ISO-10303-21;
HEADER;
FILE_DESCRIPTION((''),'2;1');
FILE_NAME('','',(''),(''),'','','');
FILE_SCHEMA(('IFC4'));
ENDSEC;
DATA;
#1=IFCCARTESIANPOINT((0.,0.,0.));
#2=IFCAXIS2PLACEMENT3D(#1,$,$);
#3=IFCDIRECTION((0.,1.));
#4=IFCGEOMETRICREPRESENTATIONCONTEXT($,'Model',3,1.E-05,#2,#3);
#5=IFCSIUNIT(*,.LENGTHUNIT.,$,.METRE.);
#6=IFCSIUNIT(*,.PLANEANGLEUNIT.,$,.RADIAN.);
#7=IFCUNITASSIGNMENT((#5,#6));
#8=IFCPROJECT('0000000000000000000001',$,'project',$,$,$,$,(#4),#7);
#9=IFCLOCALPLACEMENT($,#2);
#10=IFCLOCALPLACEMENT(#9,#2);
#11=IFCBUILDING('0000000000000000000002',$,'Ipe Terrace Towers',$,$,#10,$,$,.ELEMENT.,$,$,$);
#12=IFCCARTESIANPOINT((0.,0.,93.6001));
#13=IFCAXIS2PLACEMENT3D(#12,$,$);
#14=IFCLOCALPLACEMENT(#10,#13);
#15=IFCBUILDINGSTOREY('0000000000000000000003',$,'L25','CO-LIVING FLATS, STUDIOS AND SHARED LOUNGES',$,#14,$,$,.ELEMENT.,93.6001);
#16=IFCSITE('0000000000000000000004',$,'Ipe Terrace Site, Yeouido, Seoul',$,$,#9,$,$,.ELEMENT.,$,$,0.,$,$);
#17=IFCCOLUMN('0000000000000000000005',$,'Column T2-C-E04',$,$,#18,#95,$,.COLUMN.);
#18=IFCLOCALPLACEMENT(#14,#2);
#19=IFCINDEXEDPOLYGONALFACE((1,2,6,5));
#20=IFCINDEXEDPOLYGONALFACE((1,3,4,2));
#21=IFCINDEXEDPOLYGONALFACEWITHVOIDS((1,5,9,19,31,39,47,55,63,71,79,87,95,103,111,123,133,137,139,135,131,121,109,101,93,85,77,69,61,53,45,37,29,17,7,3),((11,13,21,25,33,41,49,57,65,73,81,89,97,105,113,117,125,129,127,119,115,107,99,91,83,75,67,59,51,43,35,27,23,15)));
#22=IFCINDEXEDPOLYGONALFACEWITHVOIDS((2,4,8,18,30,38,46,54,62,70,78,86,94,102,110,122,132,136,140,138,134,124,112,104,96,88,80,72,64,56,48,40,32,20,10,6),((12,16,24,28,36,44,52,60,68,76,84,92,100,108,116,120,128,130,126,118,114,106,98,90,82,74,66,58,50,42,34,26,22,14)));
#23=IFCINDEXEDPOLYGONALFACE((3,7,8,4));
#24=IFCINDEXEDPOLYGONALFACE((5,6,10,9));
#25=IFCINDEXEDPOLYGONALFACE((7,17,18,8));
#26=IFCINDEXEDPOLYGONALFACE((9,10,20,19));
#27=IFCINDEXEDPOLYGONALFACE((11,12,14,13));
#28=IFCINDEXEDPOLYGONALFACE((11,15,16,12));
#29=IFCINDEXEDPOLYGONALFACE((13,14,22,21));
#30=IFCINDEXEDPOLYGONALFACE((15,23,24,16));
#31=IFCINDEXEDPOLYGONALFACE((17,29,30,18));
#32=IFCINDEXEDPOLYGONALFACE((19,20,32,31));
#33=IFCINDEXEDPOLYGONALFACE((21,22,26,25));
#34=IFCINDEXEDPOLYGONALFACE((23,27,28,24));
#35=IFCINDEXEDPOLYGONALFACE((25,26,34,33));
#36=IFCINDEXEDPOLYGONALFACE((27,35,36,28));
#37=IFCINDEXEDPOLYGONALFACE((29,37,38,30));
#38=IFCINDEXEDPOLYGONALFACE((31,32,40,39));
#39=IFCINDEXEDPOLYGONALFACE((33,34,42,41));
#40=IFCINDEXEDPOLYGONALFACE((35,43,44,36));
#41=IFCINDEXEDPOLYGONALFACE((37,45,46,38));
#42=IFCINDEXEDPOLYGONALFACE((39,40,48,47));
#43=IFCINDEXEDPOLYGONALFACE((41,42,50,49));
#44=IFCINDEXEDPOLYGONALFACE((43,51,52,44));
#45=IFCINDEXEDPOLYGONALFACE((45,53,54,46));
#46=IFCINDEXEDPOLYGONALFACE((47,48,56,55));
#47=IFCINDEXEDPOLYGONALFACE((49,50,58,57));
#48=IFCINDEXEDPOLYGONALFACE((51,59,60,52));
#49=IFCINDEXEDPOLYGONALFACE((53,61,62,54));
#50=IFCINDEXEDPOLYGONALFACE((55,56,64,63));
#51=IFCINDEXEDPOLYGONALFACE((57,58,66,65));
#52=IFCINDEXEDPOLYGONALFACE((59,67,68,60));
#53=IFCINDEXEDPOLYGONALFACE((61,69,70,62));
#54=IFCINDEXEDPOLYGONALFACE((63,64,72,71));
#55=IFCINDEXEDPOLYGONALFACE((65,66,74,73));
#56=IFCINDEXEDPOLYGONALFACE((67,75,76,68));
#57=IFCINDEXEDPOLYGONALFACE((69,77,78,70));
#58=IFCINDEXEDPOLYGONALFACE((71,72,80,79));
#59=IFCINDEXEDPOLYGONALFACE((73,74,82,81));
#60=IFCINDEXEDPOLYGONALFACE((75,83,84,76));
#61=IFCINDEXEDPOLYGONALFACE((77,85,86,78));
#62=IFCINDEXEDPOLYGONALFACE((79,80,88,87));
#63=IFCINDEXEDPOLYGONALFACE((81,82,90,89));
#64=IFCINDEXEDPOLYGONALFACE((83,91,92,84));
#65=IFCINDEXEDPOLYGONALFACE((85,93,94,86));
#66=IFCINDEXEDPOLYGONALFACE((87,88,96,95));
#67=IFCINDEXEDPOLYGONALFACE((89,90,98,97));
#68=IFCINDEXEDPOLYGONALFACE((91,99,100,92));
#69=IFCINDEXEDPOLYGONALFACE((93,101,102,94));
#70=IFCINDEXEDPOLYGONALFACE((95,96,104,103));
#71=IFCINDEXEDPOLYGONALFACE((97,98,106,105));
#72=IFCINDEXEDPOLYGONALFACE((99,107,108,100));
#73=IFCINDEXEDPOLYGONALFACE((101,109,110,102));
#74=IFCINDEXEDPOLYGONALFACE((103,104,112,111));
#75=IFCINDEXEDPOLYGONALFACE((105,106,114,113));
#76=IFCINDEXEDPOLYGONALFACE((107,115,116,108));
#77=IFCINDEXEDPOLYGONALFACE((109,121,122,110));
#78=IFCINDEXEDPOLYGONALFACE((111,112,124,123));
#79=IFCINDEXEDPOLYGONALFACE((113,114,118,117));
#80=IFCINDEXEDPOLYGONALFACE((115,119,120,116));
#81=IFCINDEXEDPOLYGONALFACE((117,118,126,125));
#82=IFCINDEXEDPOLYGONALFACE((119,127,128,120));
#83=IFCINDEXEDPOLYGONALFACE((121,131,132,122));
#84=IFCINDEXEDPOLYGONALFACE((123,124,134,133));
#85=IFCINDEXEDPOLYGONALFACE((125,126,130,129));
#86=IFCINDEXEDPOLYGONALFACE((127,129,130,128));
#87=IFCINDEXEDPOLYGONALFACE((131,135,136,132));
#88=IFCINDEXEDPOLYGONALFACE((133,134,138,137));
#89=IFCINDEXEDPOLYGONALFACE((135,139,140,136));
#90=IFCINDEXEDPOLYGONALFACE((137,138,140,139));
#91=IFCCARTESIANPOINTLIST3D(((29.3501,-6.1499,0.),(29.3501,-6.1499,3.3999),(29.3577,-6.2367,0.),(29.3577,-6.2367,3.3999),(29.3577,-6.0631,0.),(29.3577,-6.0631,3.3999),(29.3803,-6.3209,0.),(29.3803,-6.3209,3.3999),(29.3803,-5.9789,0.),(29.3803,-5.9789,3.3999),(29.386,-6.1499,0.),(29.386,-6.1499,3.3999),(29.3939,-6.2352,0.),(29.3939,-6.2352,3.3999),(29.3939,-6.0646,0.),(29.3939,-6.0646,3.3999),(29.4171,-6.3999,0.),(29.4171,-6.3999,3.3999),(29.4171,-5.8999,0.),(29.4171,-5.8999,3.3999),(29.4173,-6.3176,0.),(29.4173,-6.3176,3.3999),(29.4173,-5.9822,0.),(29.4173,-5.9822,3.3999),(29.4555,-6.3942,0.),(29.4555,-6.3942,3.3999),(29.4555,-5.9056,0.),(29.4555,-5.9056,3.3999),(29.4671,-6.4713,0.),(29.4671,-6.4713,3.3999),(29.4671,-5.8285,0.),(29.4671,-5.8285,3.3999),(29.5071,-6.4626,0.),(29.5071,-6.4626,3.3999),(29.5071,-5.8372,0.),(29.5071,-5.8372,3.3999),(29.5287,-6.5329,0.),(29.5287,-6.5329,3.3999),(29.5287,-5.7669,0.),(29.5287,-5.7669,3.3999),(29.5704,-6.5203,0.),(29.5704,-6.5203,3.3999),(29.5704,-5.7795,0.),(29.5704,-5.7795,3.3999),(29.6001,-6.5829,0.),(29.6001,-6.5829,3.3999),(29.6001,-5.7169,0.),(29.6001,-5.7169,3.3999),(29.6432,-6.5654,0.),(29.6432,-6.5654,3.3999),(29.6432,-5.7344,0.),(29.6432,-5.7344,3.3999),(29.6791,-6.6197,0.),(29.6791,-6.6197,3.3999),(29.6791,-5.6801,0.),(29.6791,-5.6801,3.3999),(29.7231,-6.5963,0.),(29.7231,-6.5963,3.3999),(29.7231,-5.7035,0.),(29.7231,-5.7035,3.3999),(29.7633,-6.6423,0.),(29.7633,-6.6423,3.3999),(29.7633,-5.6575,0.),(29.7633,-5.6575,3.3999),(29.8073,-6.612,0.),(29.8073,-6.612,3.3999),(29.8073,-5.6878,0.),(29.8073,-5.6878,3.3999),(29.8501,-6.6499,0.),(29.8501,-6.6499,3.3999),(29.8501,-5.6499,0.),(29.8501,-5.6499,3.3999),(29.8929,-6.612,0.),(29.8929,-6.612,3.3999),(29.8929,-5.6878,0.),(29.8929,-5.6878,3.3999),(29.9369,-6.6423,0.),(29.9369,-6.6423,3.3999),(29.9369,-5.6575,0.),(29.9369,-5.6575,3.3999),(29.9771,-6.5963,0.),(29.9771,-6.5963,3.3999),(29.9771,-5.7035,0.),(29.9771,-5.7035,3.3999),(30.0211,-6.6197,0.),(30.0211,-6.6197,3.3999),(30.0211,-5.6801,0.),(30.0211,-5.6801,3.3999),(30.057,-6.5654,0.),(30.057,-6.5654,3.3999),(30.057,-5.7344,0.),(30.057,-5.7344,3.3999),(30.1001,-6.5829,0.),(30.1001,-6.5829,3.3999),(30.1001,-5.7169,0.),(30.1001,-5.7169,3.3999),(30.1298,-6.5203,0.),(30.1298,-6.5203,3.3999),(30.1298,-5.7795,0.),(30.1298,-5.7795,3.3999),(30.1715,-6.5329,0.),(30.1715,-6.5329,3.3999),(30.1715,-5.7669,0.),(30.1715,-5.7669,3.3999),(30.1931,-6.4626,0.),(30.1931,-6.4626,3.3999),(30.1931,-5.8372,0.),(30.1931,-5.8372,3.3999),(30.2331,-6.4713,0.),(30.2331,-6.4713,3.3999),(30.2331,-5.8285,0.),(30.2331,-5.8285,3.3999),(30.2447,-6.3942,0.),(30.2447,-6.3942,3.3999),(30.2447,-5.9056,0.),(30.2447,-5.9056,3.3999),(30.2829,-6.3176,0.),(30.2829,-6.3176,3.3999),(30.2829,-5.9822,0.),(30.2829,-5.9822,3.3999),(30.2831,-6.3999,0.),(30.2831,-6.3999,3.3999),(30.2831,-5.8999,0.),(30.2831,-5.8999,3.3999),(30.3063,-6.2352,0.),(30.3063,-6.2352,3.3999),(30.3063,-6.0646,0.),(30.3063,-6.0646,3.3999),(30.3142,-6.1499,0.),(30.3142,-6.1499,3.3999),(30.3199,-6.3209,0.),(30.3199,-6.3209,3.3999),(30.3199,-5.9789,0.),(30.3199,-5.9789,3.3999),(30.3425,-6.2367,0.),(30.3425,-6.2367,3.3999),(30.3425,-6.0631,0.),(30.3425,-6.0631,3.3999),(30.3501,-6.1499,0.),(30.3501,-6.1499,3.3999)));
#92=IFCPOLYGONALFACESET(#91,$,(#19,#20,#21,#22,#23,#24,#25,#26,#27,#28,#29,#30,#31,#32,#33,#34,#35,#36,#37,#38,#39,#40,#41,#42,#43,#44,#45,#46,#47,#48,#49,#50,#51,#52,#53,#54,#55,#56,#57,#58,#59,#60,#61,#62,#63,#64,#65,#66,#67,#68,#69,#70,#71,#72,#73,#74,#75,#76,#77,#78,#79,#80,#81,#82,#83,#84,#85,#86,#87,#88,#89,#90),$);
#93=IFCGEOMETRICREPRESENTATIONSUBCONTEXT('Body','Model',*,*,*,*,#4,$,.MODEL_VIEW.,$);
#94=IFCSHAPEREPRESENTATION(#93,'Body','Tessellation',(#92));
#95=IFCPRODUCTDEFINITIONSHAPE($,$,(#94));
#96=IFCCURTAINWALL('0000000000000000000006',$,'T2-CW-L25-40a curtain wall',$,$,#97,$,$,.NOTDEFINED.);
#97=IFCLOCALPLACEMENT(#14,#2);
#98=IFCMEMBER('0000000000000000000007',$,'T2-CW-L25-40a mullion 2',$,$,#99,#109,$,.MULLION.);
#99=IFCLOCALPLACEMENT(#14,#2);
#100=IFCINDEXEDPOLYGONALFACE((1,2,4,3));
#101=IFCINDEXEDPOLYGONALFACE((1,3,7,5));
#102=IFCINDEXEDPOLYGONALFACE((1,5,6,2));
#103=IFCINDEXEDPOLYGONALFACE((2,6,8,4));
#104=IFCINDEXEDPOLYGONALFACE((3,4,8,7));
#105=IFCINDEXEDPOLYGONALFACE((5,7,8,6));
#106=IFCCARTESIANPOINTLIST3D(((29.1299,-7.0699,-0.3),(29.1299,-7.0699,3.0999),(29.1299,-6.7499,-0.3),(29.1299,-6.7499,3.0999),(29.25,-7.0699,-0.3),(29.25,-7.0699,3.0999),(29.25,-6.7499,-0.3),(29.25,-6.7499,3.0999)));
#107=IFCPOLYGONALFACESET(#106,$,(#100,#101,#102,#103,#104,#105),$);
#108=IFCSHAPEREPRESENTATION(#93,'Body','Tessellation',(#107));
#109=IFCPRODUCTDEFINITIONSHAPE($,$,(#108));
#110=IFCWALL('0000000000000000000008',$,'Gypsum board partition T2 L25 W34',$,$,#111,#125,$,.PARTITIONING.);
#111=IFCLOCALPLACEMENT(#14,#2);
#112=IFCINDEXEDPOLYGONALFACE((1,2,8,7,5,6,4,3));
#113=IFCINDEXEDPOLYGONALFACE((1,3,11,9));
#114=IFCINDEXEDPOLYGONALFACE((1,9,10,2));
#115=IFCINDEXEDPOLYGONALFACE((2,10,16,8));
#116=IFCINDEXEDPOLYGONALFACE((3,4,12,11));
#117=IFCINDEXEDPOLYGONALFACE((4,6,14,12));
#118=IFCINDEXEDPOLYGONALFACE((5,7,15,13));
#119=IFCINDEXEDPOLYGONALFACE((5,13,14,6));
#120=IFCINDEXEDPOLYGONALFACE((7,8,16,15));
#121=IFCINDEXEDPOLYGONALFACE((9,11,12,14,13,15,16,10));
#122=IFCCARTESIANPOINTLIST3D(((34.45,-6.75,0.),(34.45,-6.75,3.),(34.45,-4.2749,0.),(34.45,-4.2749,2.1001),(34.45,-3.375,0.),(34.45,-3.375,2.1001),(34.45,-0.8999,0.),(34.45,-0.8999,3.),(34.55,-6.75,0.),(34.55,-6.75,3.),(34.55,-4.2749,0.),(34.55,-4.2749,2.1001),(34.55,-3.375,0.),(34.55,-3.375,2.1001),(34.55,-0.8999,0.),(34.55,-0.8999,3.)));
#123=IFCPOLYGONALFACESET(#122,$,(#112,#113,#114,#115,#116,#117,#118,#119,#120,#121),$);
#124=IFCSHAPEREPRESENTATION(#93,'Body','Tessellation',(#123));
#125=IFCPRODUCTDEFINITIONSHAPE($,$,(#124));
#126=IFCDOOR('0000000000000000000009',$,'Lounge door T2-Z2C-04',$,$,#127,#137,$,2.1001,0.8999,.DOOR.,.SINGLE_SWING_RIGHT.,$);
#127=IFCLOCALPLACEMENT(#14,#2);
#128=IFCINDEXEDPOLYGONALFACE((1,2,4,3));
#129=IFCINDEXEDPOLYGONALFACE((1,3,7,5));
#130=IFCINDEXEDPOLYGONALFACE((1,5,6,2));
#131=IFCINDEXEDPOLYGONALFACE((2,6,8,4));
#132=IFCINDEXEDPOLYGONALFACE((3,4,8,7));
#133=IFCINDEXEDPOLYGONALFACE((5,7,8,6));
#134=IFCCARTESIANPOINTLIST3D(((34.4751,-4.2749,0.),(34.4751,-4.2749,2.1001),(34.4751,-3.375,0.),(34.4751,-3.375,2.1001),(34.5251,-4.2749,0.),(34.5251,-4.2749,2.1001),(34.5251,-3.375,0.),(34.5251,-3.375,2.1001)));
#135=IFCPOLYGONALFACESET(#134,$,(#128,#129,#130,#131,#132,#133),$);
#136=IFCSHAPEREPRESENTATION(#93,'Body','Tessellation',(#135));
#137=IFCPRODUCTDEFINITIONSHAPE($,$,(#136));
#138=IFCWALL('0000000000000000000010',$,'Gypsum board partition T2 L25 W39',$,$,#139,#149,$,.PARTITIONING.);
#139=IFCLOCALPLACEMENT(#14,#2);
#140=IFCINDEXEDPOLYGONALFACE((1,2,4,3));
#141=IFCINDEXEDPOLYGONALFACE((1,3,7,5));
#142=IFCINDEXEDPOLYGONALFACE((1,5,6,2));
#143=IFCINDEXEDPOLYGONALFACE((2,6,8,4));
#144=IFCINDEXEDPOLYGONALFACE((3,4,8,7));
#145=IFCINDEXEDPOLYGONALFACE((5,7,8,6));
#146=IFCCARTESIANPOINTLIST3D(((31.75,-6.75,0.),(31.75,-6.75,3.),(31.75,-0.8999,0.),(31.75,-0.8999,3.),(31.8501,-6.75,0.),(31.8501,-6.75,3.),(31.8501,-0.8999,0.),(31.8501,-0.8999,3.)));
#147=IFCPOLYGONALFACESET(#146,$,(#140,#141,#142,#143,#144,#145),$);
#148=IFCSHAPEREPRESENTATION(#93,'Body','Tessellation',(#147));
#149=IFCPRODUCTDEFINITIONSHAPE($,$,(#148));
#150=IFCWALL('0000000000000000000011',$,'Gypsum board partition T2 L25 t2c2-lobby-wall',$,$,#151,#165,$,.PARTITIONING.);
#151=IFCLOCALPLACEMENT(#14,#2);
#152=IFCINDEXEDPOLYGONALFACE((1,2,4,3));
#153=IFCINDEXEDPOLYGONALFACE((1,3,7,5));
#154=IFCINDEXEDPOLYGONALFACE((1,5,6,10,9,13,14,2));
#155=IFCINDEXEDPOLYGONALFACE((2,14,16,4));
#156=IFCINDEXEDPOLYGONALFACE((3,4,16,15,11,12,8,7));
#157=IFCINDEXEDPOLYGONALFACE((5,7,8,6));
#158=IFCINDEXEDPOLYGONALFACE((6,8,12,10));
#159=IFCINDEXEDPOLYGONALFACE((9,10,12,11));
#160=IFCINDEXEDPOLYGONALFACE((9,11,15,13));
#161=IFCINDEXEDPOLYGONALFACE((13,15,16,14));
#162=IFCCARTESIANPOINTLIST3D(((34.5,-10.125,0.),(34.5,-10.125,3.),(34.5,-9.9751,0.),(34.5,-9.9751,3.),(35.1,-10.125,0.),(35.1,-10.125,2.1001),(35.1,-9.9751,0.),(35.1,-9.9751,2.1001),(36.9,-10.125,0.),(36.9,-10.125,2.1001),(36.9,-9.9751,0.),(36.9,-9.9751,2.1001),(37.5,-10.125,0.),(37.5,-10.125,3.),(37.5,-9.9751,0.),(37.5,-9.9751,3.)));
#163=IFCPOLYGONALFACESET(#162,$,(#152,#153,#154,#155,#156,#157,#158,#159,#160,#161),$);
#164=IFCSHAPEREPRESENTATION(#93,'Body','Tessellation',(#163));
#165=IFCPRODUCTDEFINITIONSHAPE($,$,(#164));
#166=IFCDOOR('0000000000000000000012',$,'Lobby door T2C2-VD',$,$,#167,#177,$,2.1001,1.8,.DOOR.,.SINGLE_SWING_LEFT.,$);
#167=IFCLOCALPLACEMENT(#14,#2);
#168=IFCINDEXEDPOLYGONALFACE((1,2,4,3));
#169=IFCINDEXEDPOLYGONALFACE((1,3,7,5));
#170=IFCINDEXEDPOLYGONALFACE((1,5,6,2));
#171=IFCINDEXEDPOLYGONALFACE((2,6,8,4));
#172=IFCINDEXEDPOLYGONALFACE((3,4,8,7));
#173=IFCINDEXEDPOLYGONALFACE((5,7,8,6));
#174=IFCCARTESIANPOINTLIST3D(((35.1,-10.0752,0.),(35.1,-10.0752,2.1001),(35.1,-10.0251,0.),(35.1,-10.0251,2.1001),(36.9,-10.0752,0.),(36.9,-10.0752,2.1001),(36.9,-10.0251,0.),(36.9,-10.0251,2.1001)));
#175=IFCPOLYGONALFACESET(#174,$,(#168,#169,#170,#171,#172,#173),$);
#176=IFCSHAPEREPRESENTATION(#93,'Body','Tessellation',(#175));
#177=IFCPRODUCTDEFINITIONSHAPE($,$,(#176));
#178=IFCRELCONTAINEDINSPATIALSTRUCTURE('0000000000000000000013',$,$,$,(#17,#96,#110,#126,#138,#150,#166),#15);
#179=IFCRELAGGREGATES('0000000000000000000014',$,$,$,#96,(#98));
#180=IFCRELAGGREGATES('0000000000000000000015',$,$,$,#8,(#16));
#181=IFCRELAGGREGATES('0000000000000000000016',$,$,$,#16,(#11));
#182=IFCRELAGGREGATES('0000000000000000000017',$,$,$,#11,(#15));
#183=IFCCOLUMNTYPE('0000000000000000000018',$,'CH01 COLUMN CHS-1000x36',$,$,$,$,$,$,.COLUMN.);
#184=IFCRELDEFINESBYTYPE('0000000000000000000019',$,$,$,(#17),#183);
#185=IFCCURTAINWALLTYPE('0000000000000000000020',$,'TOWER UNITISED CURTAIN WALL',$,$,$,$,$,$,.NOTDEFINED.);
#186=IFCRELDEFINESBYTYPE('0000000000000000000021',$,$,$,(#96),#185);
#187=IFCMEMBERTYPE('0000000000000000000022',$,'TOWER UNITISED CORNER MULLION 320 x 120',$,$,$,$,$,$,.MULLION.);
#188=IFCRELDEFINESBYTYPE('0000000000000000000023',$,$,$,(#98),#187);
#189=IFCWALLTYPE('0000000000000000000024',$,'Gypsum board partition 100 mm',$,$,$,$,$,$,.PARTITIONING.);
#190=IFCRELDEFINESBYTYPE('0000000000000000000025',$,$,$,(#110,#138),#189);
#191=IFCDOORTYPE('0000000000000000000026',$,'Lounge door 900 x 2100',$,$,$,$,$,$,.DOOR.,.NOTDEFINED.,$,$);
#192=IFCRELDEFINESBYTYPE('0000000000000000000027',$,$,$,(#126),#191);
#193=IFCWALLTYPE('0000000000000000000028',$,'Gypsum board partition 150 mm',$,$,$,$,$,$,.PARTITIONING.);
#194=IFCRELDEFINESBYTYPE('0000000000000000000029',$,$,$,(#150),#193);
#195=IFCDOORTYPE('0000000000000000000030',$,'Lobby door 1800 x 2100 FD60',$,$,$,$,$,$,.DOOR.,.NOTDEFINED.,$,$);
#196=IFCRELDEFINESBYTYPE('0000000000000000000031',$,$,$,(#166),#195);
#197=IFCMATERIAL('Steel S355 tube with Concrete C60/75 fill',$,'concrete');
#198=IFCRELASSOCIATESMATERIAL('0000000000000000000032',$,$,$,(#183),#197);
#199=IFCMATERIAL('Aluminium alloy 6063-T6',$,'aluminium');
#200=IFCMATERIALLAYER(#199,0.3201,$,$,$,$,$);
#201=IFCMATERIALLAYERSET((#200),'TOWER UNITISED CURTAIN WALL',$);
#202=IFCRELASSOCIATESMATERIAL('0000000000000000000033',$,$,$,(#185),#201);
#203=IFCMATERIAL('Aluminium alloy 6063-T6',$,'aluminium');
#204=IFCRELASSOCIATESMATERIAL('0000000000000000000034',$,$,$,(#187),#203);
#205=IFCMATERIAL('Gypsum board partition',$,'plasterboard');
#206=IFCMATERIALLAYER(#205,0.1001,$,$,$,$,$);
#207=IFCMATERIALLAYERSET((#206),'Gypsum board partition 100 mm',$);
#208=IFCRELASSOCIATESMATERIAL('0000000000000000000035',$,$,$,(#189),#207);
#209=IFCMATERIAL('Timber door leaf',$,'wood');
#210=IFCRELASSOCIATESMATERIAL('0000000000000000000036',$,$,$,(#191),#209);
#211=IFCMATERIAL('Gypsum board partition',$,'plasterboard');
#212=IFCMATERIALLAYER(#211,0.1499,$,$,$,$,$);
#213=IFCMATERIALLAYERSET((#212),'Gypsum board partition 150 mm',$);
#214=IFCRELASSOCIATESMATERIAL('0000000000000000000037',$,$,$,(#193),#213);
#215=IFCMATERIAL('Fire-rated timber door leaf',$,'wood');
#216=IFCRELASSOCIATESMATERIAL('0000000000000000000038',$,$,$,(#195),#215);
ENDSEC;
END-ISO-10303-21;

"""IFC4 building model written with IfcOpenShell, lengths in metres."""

from ifc_helpers import new_model, si_unit, direction, frame, frame_2d, origin, origin_2d, place, context, subcontext, project, spatial, rectangle, hollow_circle, extrude, material, layer, layer_set, material_profile, profile_set, type_object, element, fill, aggregate, save


model = new_model("IFC4")

# Units and contexts
model_context = context("Model", 3, precision=1e-05, world=origin(), true_north=direction((0.0, 1.0)))
body_context = subcontext(model_context, "Body", "Model", "MODEL_VIEW")
ifc_project = project(units=[si_unit("LENGTHUNIT", "METRE"), si_unit("PLANEANGLEUNIT", "RADIAN")], contexts=[model_context])

# Site, building, storey
site_placement = place(None, origin())
site = spatial("IfcSite", under=ifc_project, at=site_placement, Name="Ipe Terrace Site, Yeouido, Seoul", CompositionType="ELEMENT", RefElevation=0.0)
building_placement = place(site_placement, origin())
building = spatial("IfcBuilding", under=site, at=building_placement, Name="Ipe Terrace Towers", CompositionType="ELEMENT")
storey_placement = place(building_placement, frame((0.0, 0.0, 93.6001)))
storey = spatial("IfcBuildingStorey", under=building, at=storey_placement, Name="L25", Description="CO-LIVING FLATS, STUDIOS AND SHARED LOUNGES", CompositionType="ELEMENT", Elevation=93.6001)

# Column
ifc_material_1 = material(Name="Steel S355 tube with Concrete C60/75 fill", Category="concrete")
ifc_material_profile_1 = material_profile(ifc_material_1, hollow_circle(Radius=0.5, WallThickness=0.0359, at=origin_2d()), Name="CHS-1000x36")
ifc_profile_set_1 = profile_set([ifc_material_profile_1], Name="Steel S355 tube with Concrete C60/75 fill")
column_type = type_object("IfcColumnType", Name="CH01 COLUMN CHS-1000x36", PredefinedType="COLUMN", material=ifc_profile_set_1)
column_placement = place(storey_placement, frame((29.8501, -6.1499, 0.0), z_axis=(0.0, 0.0, 1.0), x_axis=(1.0, 0.0, 0.0)))
element("IfcColumn", 1, at=column_placement, inside=storey, type_object=column_type, Name="Column T2-C-E04", PredefinedType="COLUMN", context=body_context, shape_type="SweptSolid", body=[
    extrude(hollow_circle(Radius=0.5, WallThickness=0.0359, at=origin_2d()), origin(), (0.0, 0.0, 1.0), 3.3999),
])

# Curtain wall, member
ifc_material_2 = material(Name="Aluminium alloy 6063-T6", Category="aluminium")
ifc_layer_1 = layer(ifc_material_2, 0.3201)
ifc_layer_set_1 = layer_set([ifc_layer_1], Name="TOWER UNITISED CURTAIN WALL")
curtain_wall_type = type_object("IfcCurtainWallType", Name="TOWER UNITISED CURTAIN WALL", PredefinedType="NOTDEFINED", material=ifc_layer_set_1)
curtain_wall_placement = place(storey_placement, origin())
curtain_wall = element("IfcCurtainWall", 2, at=curtain_wall_placement, inside=storey, type_object=curtain_wall_type, Name="T2-CW-L25-40a curtain wall", PredefinedType="NOTDEFINED")
ifc_material_3 = material(Name="Aluminium alloy 6063-T6", Category="aluminium")
ifc_material_profile_2 = material_profile(ifc_material_3, rectangle(XDim=0.3201, YDim=0.1201, at=origin_2d()), Name="TOWER UNITISED CORNER MULLION 320 x 120")
ifc_profile_set_2 = profile_set([ifc_material_profile_2], Name="Aluminium alloy 6063-T6")
member_type = type_object("IfcMemberType", Name="TOWER UNITISED CORNER MULLION 320 x 120", PredefinedType="MULLION", material=ifc_profile_set_2)
member_placement = place(storey_placement, frame((29.1899, -6.9099, -0.3), z_axis=(0.0, 0.0, 1.0), x_axis=(0.0, -1.0, 0.0)))
member = element("IfcMember", 3, at=member_placement, type_object=member_type, Name="T2-CW-L25-40a mullion 2", PredefinedType="MULLION", context=body_context, shape_type="SweptSolid", body=[
    extrude(rectangle(XDim=0.3201, YDim=0.1201, at=origin_2d()), origin(), (0.0, 0.0, 1.0), 3.3999),
])
aggregate(curtain_wall, [member])

# Wall, opening, door
ifc_material_4 = material(Name="Gypsum board partition", Category="plasterboard")
ifc_layer_2 = layer(ifc_material_4, 0.1001)
ifc_layer_set_2 = layer_set([ifc_layer_2], Name="Gypsum board partition 100 mm")
wall_type_1 = type_object("IfcWallType", Name="Gypsum board partition 100 mm", PredefinedType="PARTITIONING", material=ifc_layer_set_2)
wall_1_placement = place(storey_placement, frame((34.5, -6.75, 0.0), z_axis=(0.0, 0.0, 1.0), x_axis=(0.0, 1.0, 0.0)))
wall_1 = element("IfcWall", 4, at=wall_1_placement, inside=storey, type_object=wall_type_1, Name="Gypsum board partition T2 L25 W34", PredefinedType="PARTITIONING", context=body_context, shape_type="SweptSolid", body=[
    extrude(rectangle(XDim=5.8501, YDim=0.1001, at=frame_2d((2.925, 0.0))), origin(), (0.0, 0.0, 1.0), 3.0),
])
opening_1_placement = place(wall_1_placement, frame((2.4751, 0.0, 0.0)))
opening_1 = element("IfcOpeningElement", 5, at=opening_1_placement, cuts=wall_1, PredefinedType="OPENING", context=body_context, shape_type="SweptSolid", body=[
    extrude(rectangle(XDim=0.8999, YDim=2.1001, at=frame_2d((0.45, 1.05))), frame((0.0, 0.0601, 0.0), z_axis=(0.0, -1.0, 0.0), x_axis=(1.0, 0.0, 0.0)), (0.0, 0.0, 1.0), 0.1201),
])
ifc_material_5 = material(Name="Timber door leaf", Category="wood")
door_type_1 = type_object("IfcDoorType", Name="Lounge door 900 x 2100", OperationType="NOTDEFINED", PredefinedType="DOOR", material=ifc_material_5)
door_1_placement = place(opening_1_placement, origin())
door_1 = element("IfcDoor", 6, at=door_1_placement, inside=storey, type_object=door_type_1, Name="Lounge door T2-Z2C-04", OperationType="SINGLE_SWING_RIGHT", OverallHeight=2.1001, OverallWidth=0.8999, PredefinedType="DOOR", context=body_context, shape_type="SweptSolid", body=[
    extrude(rectangle(XDim=0.8999, YDim=2.1001, at=frame_2d((0.45, 1.05))), frame((0.0, 0.0249, 0.0), z_axis=(0.0, -1.0, 0.0), x_axis=(1.0, 0.0, 0.0)), (0.0, 0.0, 1.0), 0.05),
])
fill(opening_1, door_1)

# Wall
wall_2_placement = place(storey_placement, frame((31.8, -6.75, 0.0), z_axis=(0.0, 0.0, 1.0), x_axis=(0.0, 1.0, 0.0)))
element("IfcWall", 7, at=wall_2_placement, inside=storey, type_object=wall_type_1, Name="Gypsum board partition T2 L25 W39", PredefinedType="PARTITIONING", context=body_context, shape_type="SweptSolid", body=[
    extrude(rectangle(XDim=5.8501, YDim=0.1001, at=frame_2d((2.925, 0.0))), origin(), (0.0, 0.0, 1.0), 3.0),
])

# Wall, opening, door
ifc_material_6 = material(Name="Gypsum board partition", Category="plasterboard")
ifc_layer_3 = layer(ifc_material_6, 0.1499)
ifc_layer_set_3 = layer_set([ifc_layer_3], Name="Gypsum board partition 150 mm")
wall_type_2 = type_object("IfcWallType", Name="Gypsum board partition 150 mm", PredefinedType="PARTITIONING", material=ifc_layer_set_3)
wall_3_placement = place(storey_placement, frame((34.5, -10.05, 0.0), z_axis=(0.0, 0.0, 1.0), x_axis=(1.0, 0.0, 0.0)))
wall_3 = element("IfcWall", 8, at=wall_3_placement, inside=storey, type_object=wall_type_2, Name="Gypsum board partition T2 L25 t2c2-lobby-wall", PredefinedType="PARTITIONING", context=body_context, shape_type="SweptSolid", body=[
    extrude(rectangle(XDim=3.0, YDim=0.1499, at=frame_2d((1.5, 0.0))), origin(), (0.0, 0.0, 1.0), 3.0),
])
opening_2_placement = place(wall_3_placement, frame((0.6001, 0.0, 0.0)))
opening_2 = element("IfcOpeningElement", 9, at=opening_2_placement, cuts=wall_3, PredefinedType="OPENING", context=body_context, shape_type="SweptSolid", body=[
    extrude(rectangle(XDim=1.8, YDim=2.1001, at=frame_2d((0.8999, 1.05))), frame((0.0, 0.085, 0.0), z_axis=(0.0, -1.0, 0.0), x_axis=(1.0, 0.0, 0.0)), (0.0, 0.0, 1.0), 0.1699),
])
ifc_material_7 = material(Name="Fire-rated timber door leaf", Category="wood")
door_type_2 = type_object("IfcDoorType", Name="Lobby door 1800 x 2100 FD60", OperationType="NOTDEFINED", PredefinedType="DOOR", material=ifc_material_7)
door_2_placement = place(opening_2_placement, origin())
door_2 = element("IfcDoor", 10, at=door_2_placement, inside=storey, type_object=door_type_2, Name="Lobby door T2C2-VD", OperationType="SINGLE_SWING_LEFT", OverallHeight=2.1001, OverallWidth=1.8, PredefinedType="DOOR", context=body_context, shape_type="SweptSolid", body=[
    extrude(rectangle(XDim=1.8, YDim=2.1001, at=frame_2d((0.8999, 1.05))), frame((0.0, 0.0249, 0.0), z_axis=(0.0, -1.0, 0.0), x_axis=(1.0, 0.0, 0.0)), (0.0, 0.0, 1.0), 0.05),
])
fill(opening_2, door_2)

save(model, "model.ifc")
